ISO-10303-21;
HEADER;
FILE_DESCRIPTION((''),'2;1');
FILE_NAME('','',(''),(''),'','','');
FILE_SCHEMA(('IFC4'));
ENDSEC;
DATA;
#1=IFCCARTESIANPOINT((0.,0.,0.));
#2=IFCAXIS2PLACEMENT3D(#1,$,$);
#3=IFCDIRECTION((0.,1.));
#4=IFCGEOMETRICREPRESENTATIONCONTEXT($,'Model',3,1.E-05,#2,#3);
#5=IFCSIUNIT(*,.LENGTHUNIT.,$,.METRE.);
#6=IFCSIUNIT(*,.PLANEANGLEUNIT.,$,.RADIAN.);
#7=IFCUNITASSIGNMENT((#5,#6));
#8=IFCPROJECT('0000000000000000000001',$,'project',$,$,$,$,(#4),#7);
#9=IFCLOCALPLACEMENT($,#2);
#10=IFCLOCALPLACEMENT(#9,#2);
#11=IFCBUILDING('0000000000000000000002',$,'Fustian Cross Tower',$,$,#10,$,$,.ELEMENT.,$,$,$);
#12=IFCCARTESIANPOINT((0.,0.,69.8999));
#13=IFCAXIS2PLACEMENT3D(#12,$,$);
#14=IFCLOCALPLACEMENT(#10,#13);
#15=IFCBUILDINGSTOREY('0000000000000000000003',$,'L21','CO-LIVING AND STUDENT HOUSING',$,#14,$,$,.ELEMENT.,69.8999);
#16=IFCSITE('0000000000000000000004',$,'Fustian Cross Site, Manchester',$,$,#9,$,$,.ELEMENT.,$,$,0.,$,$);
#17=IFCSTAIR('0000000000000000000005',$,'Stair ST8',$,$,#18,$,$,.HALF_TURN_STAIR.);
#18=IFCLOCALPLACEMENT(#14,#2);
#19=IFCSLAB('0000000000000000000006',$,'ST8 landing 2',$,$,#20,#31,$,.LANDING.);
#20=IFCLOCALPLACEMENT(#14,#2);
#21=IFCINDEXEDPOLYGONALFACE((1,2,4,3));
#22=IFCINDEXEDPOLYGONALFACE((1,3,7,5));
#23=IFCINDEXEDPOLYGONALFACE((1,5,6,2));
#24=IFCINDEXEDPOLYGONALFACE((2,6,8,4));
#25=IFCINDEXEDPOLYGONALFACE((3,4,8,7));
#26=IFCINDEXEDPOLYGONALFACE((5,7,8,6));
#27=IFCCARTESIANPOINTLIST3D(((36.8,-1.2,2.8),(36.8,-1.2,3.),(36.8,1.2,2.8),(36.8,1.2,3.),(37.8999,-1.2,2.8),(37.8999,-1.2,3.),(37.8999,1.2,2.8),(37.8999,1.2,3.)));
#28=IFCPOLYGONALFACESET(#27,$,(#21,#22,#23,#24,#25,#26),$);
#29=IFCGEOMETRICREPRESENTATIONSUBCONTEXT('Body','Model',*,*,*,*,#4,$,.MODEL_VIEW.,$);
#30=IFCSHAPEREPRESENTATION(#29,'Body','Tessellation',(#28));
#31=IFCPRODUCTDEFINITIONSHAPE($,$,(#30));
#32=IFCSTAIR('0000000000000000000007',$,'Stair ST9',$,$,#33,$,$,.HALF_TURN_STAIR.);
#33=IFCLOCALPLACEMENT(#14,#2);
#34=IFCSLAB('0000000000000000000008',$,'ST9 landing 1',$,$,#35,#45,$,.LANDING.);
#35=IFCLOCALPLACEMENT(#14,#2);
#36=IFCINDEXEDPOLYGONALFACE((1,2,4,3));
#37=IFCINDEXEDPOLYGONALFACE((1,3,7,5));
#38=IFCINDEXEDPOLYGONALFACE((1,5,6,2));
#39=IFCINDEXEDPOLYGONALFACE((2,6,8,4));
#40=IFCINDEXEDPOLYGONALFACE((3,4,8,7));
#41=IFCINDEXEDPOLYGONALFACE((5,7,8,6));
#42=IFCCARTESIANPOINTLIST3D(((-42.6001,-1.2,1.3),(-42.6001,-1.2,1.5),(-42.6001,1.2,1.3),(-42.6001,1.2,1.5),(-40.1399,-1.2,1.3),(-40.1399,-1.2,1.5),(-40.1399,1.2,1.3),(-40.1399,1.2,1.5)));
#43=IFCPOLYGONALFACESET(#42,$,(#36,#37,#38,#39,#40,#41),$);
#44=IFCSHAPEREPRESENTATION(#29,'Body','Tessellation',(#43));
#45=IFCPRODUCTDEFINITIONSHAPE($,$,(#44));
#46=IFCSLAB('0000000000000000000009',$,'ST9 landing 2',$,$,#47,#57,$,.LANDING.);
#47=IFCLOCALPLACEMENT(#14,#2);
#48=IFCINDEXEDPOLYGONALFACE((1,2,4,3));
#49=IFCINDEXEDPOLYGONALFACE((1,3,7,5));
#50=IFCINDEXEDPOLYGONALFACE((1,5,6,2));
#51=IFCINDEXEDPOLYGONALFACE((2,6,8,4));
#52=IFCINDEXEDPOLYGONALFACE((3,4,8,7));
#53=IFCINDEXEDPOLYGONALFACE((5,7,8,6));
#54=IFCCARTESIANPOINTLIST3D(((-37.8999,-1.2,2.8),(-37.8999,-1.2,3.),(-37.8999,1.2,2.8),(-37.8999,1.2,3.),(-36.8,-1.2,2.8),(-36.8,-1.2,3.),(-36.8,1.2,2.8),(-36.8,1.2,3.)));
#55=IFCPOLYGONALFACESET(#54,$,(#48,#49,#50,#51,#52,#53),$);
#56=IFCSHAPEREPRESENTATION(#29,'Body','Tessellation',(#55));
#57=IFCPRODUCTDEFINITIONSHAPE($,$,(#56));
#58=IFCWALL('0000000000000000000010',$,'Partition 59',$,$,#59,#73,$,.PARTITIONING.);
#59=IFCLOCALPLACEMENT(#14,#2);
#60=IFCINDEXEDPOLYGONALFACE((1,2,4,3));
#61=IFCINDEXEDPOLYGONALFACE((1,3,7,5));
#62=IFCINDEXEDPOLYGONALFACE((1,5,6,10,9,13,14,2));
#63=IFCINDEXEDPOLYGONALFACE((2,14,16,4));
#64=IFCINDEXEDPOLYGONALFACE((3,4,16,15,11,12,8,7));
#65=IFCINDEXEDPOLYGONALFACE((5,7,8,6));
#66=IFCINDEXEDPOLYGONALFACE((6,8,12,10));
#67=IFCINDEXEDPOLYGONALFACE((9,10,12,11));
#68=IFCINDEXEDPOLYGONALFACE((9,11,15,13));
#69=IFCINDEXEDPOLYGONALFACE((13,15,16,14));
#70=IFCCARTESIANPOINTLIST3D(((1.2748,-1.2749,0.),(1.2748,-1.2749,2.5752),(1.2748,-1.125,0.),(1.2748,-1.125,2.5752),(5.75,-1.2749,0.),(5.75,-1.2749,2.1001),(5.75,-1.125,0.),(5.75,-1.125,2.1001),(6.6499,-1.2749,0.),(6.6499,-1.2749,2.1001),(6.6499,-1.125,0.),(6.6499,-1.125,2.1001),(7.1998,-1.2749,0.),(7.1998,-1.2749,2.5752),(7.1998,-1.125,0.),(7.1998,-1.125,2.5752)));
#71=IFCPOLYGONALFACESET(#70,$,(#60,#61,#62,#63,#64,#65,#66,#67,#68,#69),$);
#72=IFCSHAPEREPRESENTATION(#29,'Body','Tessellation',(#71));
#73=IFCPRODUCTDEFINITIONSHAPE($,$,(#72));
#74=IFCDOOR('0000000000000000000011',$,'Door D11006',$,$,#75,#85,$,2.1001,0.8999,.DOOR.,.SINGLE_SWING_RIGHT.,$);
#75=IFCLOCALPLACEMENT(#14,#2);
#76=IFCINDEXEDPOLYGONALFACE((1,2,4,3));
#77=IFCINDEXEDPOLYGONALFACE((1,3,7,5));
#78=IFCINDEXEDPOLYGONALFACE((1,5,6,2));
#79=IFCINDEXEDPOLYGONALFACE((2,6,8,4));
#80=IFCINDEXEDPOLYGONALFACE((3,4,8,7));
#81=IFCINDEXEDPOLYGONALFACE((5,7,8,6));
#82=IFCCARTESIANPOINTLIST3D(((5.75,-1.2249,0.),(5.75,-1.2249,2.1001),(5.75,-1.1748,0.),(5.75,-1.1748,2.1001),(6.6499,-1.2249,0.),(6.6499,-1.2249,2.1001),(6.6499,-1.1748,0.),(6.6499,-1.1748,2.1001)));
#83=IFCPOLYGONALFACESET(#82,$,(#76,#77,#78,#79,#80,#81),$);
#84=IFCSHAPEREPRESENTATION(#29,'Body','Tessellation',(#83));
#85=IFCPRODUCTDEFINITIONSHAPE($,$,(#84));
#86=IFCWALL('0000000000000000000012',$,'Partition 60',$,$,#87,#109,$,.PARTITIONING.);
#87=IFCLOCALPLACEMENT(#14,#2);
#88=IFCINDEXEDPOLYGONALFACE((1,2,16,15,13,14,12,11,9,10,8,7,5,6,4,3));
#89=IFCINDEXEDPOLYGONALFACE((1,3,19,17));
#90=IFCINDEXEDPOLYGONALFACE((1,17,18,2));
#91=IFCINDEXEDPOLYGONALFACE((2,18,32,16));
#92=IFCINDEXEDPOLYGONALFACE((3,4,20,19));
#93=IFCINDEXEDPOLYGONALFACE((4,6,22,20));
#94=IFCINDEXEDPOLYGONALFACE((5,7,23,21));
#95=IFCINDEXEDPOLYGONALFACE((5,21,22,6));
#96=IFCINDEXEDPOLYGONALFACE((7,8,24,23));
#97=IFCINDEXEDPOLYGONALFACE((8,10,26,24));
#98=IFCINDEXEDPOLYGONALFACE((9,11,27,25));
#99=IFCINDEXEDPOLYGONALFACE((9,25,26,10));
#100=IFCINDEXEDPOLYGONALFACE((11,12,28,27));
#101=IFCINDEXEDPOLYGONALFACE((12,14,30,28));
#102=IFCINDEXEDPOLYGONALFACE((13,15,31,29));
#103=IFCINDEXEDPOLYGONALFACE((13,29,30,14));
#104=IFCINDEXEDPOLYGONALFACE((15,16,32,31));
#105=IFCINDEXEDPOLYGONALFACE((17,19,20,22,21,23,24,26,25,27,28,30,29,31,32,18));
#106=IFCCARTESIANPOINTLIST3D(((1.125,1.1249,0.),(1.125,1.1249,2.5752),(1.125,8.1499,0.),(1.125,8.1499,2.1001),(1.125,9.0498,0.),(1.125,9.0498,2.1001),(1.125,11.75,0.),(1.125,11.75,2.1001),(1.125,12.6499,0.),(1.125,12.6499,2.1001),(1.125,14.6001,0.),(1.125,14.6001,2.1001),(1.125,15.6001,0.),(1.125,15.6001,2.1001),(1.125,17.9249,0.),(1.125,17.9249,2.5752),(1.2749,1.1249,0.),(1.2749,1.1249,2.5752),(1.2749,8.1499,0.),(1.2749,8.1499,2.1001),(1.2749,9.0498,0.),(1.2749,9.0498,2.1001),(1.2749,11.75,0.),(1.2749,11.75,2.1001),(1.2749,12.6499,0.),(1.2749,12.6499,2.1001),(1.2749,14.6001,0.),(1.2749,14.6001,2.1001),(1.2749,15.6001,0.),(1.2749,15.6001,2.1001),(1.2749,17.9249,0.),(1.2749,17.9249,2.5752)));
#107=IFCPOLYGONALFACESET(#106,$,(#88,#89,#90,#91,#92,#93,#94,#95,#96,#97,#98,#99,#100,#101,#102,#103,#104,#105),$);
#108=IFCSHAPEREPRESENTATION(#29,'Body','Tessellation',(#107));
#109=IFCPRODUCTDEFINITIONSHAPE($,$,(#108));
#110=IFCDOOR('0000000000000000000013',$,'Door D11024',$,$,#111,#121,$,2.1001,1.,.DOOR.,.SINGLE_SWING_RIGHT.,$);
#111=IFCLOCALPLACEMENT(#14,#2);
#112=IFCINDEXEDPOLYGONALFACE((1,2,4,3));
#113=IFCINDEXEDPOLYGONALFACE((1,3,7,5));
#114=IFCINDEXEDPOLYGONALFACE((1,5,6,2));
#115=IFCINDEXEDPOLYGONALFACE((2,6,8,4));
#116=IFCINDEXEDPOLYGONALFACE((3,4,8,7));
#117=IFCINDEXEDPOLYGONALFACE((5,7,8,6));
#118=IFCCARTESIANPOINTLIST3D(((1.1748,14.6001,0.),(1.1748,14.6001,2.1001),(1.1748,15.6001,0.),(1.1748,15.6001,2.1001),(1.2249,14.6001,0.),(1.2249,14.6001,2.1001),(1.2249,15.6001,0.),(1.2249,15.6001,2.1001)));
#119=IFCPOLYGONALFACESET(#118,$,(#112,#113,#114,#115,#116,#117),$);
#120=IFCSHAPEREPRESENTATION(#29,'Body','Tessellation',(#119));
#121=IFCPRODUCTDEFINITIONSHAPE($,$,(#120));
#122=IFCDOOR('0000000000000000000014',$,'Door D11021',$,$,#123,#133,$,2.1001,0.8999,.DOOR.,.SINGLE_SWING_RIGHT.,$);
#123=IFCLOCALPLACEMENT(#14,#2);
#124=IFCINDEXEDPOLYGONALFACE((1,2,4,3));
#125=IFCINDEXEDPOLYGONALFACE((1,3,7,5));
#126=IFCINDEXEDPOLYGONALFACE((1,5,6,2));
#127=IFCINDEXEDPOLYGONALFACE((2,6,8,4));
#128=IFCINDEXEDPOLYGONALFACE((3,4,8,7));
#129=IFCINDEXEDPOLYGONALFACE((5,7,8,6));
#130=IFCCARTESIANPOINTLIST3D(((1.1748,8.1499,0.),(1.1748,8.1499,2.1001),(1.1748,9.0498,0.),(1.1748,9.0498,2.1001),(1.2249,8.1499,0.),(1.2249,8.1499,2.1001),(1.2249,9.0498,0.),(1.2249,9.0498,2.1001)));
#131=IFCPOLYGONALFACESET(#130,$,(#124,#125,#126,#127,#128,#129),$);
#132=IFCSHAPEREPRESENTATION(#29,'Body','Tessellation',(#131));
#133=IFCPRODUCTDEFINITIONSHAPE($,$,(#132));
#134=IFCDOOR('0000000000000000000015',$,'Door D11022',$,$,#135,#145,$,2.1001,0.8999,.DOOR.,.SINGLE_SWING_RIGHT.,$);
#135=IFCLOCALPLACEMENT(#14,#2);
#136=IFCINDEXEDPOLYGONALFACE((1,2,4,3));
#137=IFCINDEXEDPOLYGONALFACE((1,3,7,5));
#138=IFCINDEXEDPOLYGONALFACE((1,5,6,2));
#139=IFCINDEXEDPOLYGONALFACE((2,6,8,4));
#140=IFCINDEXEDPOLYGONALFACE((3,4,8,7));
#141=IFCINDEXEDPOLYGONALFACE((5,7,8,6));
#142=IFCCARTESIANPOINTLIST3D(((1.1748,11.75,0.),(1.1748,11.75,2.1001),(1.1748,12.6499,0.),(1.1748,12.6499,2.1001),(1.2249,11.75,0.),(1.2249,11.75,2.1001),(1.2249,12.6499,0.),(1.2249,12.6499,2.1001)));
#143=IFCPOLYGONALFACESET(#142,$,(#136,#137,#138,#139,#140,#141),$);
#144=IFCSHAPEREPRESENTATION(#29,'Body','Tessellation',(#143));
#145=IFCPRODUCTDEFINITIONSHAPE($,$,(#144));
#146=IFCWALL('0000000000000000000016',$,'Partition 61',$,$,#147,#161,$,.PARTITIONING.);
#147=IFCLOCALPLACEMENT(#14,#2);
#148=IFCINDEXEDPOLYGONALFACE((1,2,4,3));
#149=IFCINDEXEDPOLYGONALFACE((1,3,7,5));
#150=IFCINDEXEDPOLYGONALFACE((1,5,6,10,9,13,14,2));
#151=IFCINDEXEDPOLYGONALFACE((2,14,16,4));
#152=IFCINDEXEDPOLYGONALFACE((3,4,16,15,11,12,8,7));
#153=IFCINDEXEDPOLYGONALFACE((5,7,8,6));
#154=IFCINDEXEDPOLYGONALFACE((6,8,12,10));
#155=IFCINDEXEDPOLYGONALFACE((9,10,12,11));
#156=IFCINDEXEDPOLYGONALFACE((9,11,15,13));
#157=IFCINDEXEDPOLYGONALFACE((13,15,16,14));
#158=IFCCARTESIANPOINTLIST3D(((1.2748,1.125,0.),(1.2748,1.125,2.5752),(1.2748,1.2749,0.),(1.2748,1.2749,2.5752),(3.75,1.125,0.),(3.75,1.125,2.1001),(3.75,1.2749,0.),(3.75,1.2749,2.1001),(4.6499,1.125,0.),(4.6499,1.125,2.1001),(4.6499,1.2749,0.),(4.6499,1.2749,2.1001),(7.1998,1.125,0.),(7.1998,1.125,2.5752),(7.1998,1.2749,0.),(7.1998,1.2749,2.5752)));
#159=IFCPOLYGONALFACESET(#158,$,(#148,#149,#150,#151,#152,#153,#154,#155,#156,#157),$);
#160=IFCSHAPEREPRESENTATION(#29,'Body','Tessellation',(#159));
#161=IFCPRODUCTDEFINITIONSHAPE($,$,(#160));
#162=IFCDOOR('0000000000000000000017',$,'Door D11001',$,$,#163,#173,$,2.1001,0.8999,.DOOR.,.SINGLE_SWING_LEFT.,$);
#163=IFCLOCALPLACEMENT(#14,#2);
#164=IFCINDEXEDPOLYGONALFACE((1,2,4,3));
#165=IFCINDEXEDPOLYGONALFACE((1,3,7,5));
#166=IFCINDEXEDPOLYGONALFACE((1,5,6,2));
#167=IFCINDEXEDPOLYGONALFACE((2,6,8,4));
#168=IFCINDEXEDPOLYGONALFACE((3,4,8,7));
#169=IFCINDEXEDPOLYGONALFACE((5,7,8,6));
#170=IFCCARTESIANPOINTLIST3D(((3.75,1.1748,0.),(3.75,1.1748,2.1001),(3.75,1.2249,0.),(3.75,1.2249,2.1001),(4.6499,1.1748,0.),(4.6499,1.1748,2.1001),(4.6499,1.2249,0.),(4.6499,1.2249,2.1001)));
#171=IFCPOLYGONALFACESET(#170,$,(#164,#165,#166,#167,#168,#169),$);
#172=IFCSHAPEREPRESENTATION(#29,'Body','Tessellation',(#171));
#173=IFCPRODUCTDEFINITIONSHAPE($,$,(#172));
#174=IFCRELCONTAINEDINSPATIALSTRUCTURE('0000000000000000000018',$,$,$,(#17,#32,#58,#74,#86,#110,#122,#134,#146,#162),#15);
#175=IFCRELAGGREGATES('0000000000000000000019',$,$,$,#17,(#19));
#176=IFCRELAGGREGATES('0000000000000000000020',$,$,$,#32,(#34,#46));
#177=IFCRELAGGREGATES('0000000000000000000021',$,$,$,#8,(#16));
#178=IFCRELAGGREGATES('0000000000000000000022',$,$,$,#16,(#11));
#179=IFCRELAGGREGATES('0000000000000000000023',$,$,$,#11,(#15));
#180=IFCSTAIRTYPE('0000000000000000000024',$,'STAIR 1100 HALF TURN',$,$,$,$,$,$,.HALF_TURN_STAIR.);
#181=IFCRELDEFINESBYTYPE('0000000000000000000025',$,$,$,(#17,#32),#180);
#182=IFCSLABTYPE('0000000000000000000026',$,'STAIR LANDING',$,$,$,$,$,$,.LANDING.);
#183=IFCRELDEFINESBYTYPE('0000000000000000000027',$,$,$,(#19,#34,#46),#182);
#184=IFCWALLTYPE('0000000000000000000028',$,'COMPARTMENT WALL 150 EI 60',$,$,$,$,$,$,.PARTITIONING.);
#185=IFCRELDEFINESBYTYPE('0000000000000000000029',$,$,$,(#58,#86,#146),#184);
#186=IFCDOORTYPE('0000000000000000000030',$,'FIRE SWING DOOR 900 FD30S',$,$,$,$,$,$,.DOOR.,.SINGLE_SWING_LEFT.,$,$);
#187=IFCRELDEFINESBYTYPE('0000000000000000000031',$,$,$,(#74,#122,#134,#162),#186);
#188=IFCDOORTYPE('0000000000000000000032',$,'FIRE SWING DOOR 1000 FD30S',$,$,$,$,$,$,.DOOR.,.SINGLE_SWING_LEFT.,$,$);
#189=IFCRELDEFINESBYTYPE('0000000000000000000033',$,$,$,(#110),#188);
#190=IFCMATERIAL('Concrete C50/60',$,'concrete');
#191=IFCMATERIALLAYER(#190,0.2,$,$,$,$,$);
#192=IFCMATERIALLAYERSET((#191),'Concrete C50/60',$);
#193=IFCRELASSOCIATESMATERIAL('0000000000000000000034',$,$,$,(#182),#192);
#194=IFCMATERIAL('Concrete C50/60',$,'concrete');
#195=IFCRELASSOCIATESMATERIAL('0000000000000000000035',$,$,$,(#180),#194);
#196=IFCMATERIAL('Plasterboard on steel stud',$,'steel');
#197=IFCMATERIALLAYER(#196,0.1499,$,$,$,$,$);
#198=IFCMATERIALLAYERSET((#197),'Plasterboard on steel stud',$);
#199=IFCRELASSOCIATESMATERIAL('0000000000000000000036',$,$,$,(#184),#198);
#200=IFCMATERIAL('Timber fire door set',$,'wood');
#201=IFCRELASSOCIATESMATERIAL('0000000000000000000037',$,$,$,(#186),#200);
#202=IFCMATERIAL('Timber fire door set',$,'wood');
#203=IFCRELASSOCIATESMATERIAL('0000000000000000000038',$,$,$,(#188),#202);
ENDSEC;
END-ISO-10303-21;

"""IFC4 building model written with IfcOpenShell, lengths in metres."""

from ifc_helpers import new_model, si_unit, direction, frame, frame_2d, origin, place, context, subcontext, project, spatial, polyline, rectangle, outline, extrude, material, layer, layer_set, type_object, element, fill, aggregate, save


model = new_model("IFC4")

# Units and contexts
model_context = context("Model", 3, precision=1e-05, world=origin(), true_north=direction((0.0, 1.0)))
body_context = subcontext(model_context, "Body", "Model", "MODEL_VIEW")
ifc_project = project(units=[si_unit("LENGTHUNIT", "METRE"), si_unit("PLANEANGLEUNIT", "RADIAN")], contexts=[model_context])

# Site, building, storey
site_placement = place(None, origin())
site = spatial("IfcSite", under=ifc_project, at=site_placement, Name="Fustian Cross Site, Manchester", CompositionType="ELEMENT", RefElevation=0.0)
building_placement = place(site_placement, origin())
building = spatial("IfcBuilding", under=site, at=building_placement, Name="Fustian Cross Tower", CompositionType="ELEMENT")
storey_placement = place(building_placement, frame((0.0, 0.0, 69.8999)))
storey = spatial("IfcBuildingStorey", under=building, at=storey_placement, Name="L21", Description="CO-LIVING AND STUDENT HOUSING", CompositionType="ELEMENT", Elevation=69.8999)

# Stairs, slabs
ifc_material_1 = material(Name="Concrete C50/60", Category="concrete")
ifc_layer_1 = layer(ifc_material_1, 0.2)
ifc_layer_set_1 = layer_set([ifc_layer_1], Name="Concrete C50/60")
slab_type_1 = type_object("IfcSlabType", Name="STAIR LANDING", PredefinedType="LANDING", material=ifc_layer_set_1)
ifc_material_2 = material(Name="Concrete C50/60", Category="concrete")
stair_type_1 = type_object("IfcStairType", Name="STAIR 1100 HALF TURN", PredefinedType="HALF_TURN_STAIR", material=ifc_material_2)
stair_1_placement = place(storey_placement, origin())
stair_1 = element("IfcStair", 1, at=stair_1_placement, inside=storey, type_object=stair_type_1, Name="Stair ST8", PredefinedType="HALF_TURN_STAIR")
slab_1_placement = place(storey_placement, frame((0.0, 0.0, 2.8)))
slab_1 = element("IfcSlab", 2, at=slab_1_placement, type_object=slab_type_1, Name="ST8 landing 2", PredefinedType="LANDING", context=body_context, shape_type="SweptSolid", body=[
    extrude(outline(polyline([(36.8, -1.2), (37.8999, -1.2), (37.8999, 1.2), (36.8, 1.2), (36.8, -1.2)])), origin(), (0.0, 0.0, 1.0), 0.2),
])
aggregate(stair_1, [slab_1])
stair_2_placement = place(storey_placement, origin())
stair_2 = element("IfcStair", 3, at=stair_2_placement, inside=storey, type_object=stair_type_1, Name="Stair ST9", PredefinedType="HALF_TURN_STAIR")
slab_2_placement = place(storey_placement, frame((0.0, 0.0, 1.3)))
slab_2 = element("IfcSlab", 4, at=slab_2_placement, type_object=slab_type_1, Name="ST9 landing 1", PredefinedType="LANDING", context=body_context, shape_type="SweptSolid", body=[
    extrude(outline(polyline([(-40.1399, -1.2), (-42.6001, -1.2), (-42.6001, 1.2), (-40.1399, 1.2), (-40.1399, -1.2)])), origin(), (0.0, 0.0, 1.0), 0.2),
])
slab_3_placement = place(storey_placement, frame((0.0, 0.0, 2.8)))
slab_3 = element("IfcSlab", 5, at=slab_3_placement, type_object=slab_type_1, Name="ST9 landing 2", PredefinedType="LANDING", context=body_context, shape_type="SweptSolid", body=[
    extrude(outline(polyline([(-36.8, -1.2), (-37.8999, -1.2), (-37.8999, 1.2), (-36.8, 1.2), (-36.8, -1.2)])), origin(), (0.0, 0.0, 1.0), 0.2),
])
aggregate(stair_2, [slab_2, slab_3])

# Wall, opening, door
ifc_material_3 = material(Name="Plasterboard on steel stud", Category="steel")
ifc_layer_2 = layer(ifc_material_3, 0.1499)
ifc_layer_set_2 = layer_set([ifc_layer_2], Name="Plasterboard on steel stud")
wall_type_1 = type_object("IfcWallType", Name="COMPARTMENT WALL 150 EI 60", PredefinedType="PARTITIONING", material=ifc_layer_set_2)
wall_1_placement = place(storey_placement, frame((1.2749, -1.2, 0.0), z_axis=(0.0, 0.0, 1.0), x_axis=(1.0, 0.0, 0.0)))
wall_1 = element("IfcWall", 6, at=wall_1_placement, inside=storey, type_object=wall_type_1, Name="Partition 59", PredefinedType="PARTITIONING", context=body_context, shape_type="SweptSolid", body=[
    extrude(rectangle(XDim=5.925, YDim=0.1499, at=frame_2d((2.9624, 0.0))), origin(), (0.0, 0.0, 1.0), 2.5752),
])
opening_1_placement = place(wall_1_placement, frame((4.4751, 0.0, 0.0)))
opening_1 = element("IfcOpeningElement", 7, at=opening_1_placement, cuts=wall_1, PredefinedType="OPENING", context=body_context, shape_type="SweptSolid", body=[
    extrude(rectangle(XDim=0.8999, YDim=2.1001, at=frame_2d((0.45, 1.05))), frame((0.0, 0.085, 0.0), z_axis=(0.0, -1.0, 0.0), x_axis=(1.0, 0.0, 0.0)), (0.0, 0.0, 1.0), 0.1699),
])
ifc_material_4 = material(Name="Timber fire door set", Category="wood")
door_type_1 = type_object("IfcDoorType", Name="FIRE SWING DOOR 900 FD30S", OperationType="SINGLE_SWING_LEFT", PredefinedType="DOOR", material=ifc_material_4)
door_1_placement = place(opening_1_placement, frame((0.8999, 0.0, 0.0), z_axis=(0.0, 0.0, 1.0), x_axis=(-1.0, 0.0, 0.0)))
door_1 = element("IfcDoor", 8, at=door_1_placement, inside=storey, type_object=door_type_1, Name="Door D11006", OperationType="SINGLE_SWING_RIGHT", OverallHeight=2.1001, OverallWidth=0.8999, PredefinedType="DOOR", context=body_context, shape_type="SweptSolid", body=[
    extrude(rectangle(XDim=0.8999, YDim=2.1001, at=frame_2d((0.45, 1.05))), frame((0.0, 0.0249, 0.0), z_axis=(0.0, -1.0, 0.0), x_axis=(1.0, 0.0, 0.0)), (0.0, 0.0, 1.0), 0.05),
])
fill(opening_1, door_1)

# Wall, openings, doors
wall_2_placement = place(storey_placement, frame((1.2, 1.125, 0.0), z_axis=(0.0, 0.0, 1.0), x_axis=(0.0, 1.0, 0.0)))
wall_2 = element("IfcWall", 9, at=wall_2_placement, inside=storey, type_object=wall_type_1, Name="Partition 60", PredefinedType="PARTITIONING", context=body_context, shape_type="SweptSolid", body=[
    extrude(rectangle(XDim=16.8, YDim=0.1499, at=frame_2d((8.3999, 0.0))), origin(), (0.0, 0.0, 1.0), 2.5752),
])
opening_2_placement = place(wall_2_placement, frame((7.0249, 0.0, 0.0)))
opening_2 = element("IfcOpeningElement", 10, at=opening_2_placement, cuts=wall_2, PredefinedType="OPENING", context=body_context, shape_type="SweptSolid", body=[
    extrude(rectangle(XDim=0.8999, YDim=2.1001, at=frame_2d((0.45, 1.05))), frame((0.0, 0.085, 0.0), z_axis=(0.0, -1.0, 0.0), x_axis=(1.0, 0.0, 0.0)), (0.0, 0.0, 1.0), 0.1699),
])
opening_3_placement = place(wall_2_placement, frame((10.625, 0.0, 0.0)))
opening_3 = element("IfcOpeningElement", 11, at=opening_3_placement, cuts=wall_2, PredefinedType="OPENING", context=body_context, shape_type="SweptSolid", body=[
    extrude(rectangle(XDim=0.8999, YDim=2.1001, at=frame_2d((0.45, 1.05))), frame((0.0, 0.085, 0.0), z_axis=(0.0, -1.0, 0.0), x_axis=(1.0, 0.0, 0.0)), (0.0, 0.0, 1.0), 0.1699),
])
opening_4_placement = place(wall_2_placement, frame((13.4751, 0.0, 0.0)))
opening_4 = element("IfcOpeningElement", 12, at=opening_4_placement, cuts=wall_2, PredefinedType="OPENING", context=body_context, shape_type="SweptSolid", body=[
    extrude(rectangle(XDim=1.0, YDim=2.1001, at=frame_2d((0.5, 1.05))), frame((0.0, 0.085, 0.0), z_axis=(0.0, -1.0, 0.0), x_axis=(1.0, 0.0, 0.0)), (0.0, 0.0, 1.0), 0.1699),
])
ifc_material_5 = material(Name="Timber fire door set", Category="wood")
door_type_2 = type_object("IfcDoorType", Name="FIRE SWING DOOR 1000 FD30S", OperationType="SINGLE_SWING_LEFT", PredefinedType="DOOR", material=ifc_material_5)
door_2_placement = place(opening_4_placement, frame((1.0, 0.0, 0.0), z_axis=(0.0, 0.0, 1.0), x_axis=(-1.0, 0.0, 0.0)))
door_2 = element("IfcDoor", 13, at=door_2_placement, inside=storey, type_object=door_type_2, Name="Door D11024", OperationType="SINGLE_SWING_RIGHT", OverallHeight=2.1001, OverallWidth=1.0, PredefinedType="DOOR", context=body_context, shape_type="SweptSolid", body=[
    extrude(rectangle(XDim=1.0, YDim=2.1001, at=frame_2d((0.5, 1.05))), frame((0.0, 0.0249, 0.0), z_axis=(0.0, -1.0, 0.0), x_axis=(1.0, 0.0, 0.0)), (0.0, 0.0, 1.0), 0.05),
])
fill(opening_4, door_2)
door_3_placement = place(opening_2_placement, frame((0.8999, 0.0, 0.0), z_axis=(0.0, 0.0, 1.0), x_axis=(-1.0, 0.0, 0.0)))
door_3 = element("IfcDoor", 14, at=door_3_placement, inside=storey, type_object=door_type_1, Name="Door D11021", OperationType="SINGLE_SWING_RIGHT", OverallHeight=2.1001, OverallWidth=0.8999, PredefinedType="DOOR", context=body_context, shape_type="SweptSolid", body=[
    extrude(rectangle(XDim=0.8999, YDim=2.1001, at=frame_2d((0.45, 1.05))), frame((0.0, 0.0249, 0.0), z_axis=(0.0, -1.0, 0.0), x_axis=(1.0, 0.0, 0.0)), (0.0, 0.0, 1.0), 0.05),
])
fill(opening_2, door_3)
door_4_placement = place(opening_3_placement, frame((0.8999, 0.0, 0.0), z_axis=(0.0, 0.0, 1.0), x_axis=(-1.0, 0.0, 0.0)))
door_4 = element("IfcDoor", 15, at=door_4_placement, inside=storey, type_object=door_type_1, Name="Door D11022", OperationType="SINGLE_SWING_RIGHT", OverallHeight=2.1001, OverallWidth=0.8999, PredefinedType="DOOR", context=body_context, shape_type="SweptSolid", body=[
    extrude(rectangle(XDim=0.8999, YDim=2.1001, at=frame_2d((0.45, 1.05))), frame((0.0, 0.0249, 0.0), z_axis=(0.0, -1.0, 0.0), x_axis=(1.0, 0.0, 0.0)), (0.0, 0.0, 1.0), 0.05),
])
fill(opening_3, door_4)

# Wall, opening, door
wall_3_placement = place(storey_placement, frame((1.2749, 1.2, 0.0), z_axis=(0.0, 0.0, 1.0), x_axis=(1.0, 0.0, 0.0)))
wall_3 = element("IfcWall", 16, at=wall_3_placement, inside=storey, type_object=wall_type_1, Name="Partition 61", PredefinedType="PARTITIONING", context=body_context, shape_type="SweptSolid", body=[
    extrude(rectangle(XDim=5.925, YDim=0.1499, at=frame_2d((2.9624, 0.0))), origin(), (0.0, 0.0, 1.0), 2.5752),
])
opening_5_placement = place(wall_3_placement, frame((2.4751, 0.0, 0.0)))
opening_5 = element("IfcOpeningElement", 17, at=opening_5_placement, cuts=wall_3, PredefinedType="OPENING", context=body_context, shape_type="SweptSolid", body=[
    extrude(rectangle(XDim=0.8999, YDim=2.1001, at=frame_2d((0.45, 1.05))), frame((0.0, 0.085, 0.0), z_axis=(0.0, -1.0, 0.0), x_axis=(1.0, 0.0, 0.0)), (0.0, 0.0, 1.0), 0.1699),
])
door_5_placement = place(opening_5_placement, origin())
door_5 = element("IfcDoor", 18, at=door_5_placement, inside=storey, type_object=door_type_1, Name="Door D11001", OperationType="SINGLE_SWING_LEFT", OverallHeight=2.1001, OverallWidth=0.8999, PredefinedType="DOOR", context=body_context, shape_type="SweptSolid", body=[
    extrude(rectangle(XDim=0.8999, YDim=2.1001, at=frame_2d((0.45, 1.05))), frame((0.0, 0.0249, 0.0), z_axis=(0.0, -1.0, 0.0), x_axis=(1.0, 0.0, 0.0)), (0.0, 0.0, 1.0), 0.05),
])
fill(opening_5, door_5)

save(model, "model.ifc")
